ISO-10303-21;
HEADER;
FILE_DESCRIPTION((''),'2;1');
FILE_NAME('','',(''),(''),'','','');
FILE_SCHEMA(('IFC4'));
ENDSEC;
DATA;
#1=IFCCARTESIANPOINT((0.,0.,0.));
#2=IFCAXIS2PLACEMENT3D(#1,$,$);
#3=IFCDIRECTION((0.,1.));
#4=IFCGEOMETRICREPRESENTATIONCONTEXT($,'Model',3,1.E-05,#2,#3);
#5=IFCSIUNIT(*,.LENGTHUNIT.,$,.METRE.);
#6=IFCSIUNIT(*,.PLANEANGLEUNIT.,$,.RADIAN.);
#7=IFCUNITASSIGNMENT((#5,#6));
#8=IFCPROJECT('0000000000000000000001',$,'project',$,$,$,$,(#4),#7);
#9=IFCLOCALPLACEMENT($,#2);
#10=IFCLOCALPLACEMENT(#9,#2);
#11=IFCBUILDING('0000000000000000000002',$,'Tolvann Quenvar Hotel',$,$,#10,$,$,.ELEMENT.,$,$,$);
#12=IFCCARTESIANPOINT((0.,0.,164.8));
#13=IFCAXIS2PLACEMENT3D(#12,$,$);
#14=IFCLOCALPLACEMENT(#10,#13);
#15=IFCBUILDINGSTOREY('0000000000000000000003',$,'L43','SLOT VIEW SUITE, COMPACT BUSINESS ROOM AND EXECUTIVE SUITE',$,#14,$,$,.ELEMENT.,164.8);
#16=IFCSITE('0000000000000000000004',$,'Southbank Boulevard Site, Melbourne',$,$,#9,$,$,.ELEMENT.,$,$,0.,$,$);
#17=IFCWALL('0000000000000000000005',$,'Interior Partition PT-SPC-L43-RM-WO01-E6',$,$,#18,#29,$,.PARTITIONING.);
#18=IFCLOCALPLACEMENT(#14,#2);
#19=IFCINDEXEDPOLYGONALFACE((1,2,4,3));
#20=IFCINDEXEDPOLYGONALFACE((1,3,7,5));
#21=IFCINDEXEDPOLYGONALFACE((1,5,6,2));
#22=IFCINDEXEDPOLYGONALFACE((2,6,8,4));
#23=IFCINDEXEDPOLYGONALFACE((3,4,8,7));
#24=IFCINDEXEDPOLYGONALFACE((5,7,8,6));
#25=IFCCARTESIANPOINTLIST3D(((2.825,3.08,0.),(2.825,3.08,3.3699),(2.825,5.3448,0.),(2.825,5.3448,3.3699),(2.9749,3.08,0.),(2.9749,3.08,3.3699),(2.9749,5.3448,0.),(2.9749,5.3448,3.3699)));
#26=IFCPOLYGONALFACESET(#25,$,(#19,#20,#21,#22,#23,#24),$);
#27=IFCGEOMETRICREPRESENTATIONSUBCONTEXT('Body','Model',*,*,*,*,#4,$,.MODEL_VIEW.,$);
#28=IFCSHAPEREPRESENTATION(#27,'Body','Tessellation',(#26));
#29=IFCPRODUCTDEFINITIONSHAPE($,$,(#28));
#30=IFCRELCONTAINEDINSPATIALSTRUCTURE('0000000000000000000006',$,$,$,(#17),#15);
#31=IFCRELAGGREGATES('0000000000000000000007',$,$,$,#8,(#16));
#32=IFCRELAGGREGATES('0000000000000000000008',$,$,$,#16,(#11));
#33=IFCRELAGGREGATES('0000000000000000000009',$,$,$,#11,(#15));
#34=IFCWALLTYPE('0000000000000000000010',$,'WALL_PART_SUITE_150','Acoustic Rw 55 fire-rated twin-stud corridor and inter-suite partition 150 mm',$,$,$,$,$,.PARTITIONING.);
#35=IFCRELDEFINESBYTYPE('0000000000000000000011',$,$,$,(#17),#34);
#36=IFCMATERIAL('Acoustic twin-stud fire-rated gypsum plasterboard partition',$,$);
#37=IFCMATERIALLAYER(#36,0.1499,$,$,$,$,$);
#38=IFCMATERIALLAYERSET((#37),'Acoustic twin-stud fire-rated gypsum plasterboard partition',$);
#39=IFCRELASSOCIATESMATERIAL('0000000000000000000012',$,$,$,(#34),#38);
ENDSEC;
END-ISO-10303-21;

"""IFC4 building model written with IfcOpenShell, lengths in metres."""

from ifc_helpers import new_model, si_unit, direction, frame, frame_2d, origin, place, context, subcontext, project, spatial, rectangle, extrude, material, layer, layer_set, type_object, element, save


model = new_model("IFC4")

# Units and contexts
model_context = context("Model", 3, precision=1e-05, world=origin(), true_north=direction((0.0, 1.0)))
body_context = subcontext(model_context, "Body", "Model", "MODEL_VIEW")
ifc_project = project(units=[si_unit("LENGTHUNIT", "METRE"), si_unit("PLANEANGLEUNIT", "RADIAN")], contexts=[model_context])

# Site, building, storey
site_placement = place(None, origin())
site = spatial("IfcSite", under=ifc_project, at=site_placement, Name="Southbank Boulevard Site, Melbourne", CompositionType="ELEMENT", RefElevation=0.0)
building_placement = place(site_placement, origin())
building = spatial("IfcBuilding", under=site, at=building_placement, Name="Tolvann Quenvar Hotel", CompositionType="ELEMENT")
storey_placement = place(building_placement, frame((0.0, 0.0, 164.8)))
storey = spatial("IfcBuildingStorey", under=building, at=storey_placement, Name="L43", Description="SLOT VIEW SUITE, COMPACT BUSINESS ROOM AND EXECUTIVE SUITE", CompositionType="ELEMENT", Elevation=164.8)

# Shared definitions
ifc_material_1 = material(Name="Acoustic twin-stud fire-rated gypsum plasterboard partition")
ifc_layer_1 = layer(ifc_material_1, 0.1499)
ifc_layer_set_1 = layer_set([ifc_layer_1], Name="Acoustic twin-stud fire-rated gypsum plasterboard partition")
wall_type_1 = type_object("IfcWallType", Name="WALL_PART_SUITE_150", Description="Acoustic Rw 55 fire-rated twin-stud corridor and inter-suite partition 150 mm", PredefinedType="PARTITIONING", material=ifc_layer_set_1)

# Wall
wall_1_placement = place(storey_placement, frame((2.8999, 3.0801, 0.0), z_axis=(0.0, 0.0, 1.0), x_axis=(0.0, 1.0, 0.0)))
element("IfcWall", 1, at=wall_1_placement, inside=storey, type_object=wall_type_1, Name="Interior Partition PT-SPC-L43-RM-WO01-E6", PredefinedType="PARTITIONING", context=body_context, shape_type="SweptSolid", body=[
    extrude(rectangle(XDim=2.2649, YDim=0.1499, at=frame_2d((1.1323, 0.0))), origin(), (0.0, 0.0, 1.0), 3.3699),
])

save(model, "model.ifc")
